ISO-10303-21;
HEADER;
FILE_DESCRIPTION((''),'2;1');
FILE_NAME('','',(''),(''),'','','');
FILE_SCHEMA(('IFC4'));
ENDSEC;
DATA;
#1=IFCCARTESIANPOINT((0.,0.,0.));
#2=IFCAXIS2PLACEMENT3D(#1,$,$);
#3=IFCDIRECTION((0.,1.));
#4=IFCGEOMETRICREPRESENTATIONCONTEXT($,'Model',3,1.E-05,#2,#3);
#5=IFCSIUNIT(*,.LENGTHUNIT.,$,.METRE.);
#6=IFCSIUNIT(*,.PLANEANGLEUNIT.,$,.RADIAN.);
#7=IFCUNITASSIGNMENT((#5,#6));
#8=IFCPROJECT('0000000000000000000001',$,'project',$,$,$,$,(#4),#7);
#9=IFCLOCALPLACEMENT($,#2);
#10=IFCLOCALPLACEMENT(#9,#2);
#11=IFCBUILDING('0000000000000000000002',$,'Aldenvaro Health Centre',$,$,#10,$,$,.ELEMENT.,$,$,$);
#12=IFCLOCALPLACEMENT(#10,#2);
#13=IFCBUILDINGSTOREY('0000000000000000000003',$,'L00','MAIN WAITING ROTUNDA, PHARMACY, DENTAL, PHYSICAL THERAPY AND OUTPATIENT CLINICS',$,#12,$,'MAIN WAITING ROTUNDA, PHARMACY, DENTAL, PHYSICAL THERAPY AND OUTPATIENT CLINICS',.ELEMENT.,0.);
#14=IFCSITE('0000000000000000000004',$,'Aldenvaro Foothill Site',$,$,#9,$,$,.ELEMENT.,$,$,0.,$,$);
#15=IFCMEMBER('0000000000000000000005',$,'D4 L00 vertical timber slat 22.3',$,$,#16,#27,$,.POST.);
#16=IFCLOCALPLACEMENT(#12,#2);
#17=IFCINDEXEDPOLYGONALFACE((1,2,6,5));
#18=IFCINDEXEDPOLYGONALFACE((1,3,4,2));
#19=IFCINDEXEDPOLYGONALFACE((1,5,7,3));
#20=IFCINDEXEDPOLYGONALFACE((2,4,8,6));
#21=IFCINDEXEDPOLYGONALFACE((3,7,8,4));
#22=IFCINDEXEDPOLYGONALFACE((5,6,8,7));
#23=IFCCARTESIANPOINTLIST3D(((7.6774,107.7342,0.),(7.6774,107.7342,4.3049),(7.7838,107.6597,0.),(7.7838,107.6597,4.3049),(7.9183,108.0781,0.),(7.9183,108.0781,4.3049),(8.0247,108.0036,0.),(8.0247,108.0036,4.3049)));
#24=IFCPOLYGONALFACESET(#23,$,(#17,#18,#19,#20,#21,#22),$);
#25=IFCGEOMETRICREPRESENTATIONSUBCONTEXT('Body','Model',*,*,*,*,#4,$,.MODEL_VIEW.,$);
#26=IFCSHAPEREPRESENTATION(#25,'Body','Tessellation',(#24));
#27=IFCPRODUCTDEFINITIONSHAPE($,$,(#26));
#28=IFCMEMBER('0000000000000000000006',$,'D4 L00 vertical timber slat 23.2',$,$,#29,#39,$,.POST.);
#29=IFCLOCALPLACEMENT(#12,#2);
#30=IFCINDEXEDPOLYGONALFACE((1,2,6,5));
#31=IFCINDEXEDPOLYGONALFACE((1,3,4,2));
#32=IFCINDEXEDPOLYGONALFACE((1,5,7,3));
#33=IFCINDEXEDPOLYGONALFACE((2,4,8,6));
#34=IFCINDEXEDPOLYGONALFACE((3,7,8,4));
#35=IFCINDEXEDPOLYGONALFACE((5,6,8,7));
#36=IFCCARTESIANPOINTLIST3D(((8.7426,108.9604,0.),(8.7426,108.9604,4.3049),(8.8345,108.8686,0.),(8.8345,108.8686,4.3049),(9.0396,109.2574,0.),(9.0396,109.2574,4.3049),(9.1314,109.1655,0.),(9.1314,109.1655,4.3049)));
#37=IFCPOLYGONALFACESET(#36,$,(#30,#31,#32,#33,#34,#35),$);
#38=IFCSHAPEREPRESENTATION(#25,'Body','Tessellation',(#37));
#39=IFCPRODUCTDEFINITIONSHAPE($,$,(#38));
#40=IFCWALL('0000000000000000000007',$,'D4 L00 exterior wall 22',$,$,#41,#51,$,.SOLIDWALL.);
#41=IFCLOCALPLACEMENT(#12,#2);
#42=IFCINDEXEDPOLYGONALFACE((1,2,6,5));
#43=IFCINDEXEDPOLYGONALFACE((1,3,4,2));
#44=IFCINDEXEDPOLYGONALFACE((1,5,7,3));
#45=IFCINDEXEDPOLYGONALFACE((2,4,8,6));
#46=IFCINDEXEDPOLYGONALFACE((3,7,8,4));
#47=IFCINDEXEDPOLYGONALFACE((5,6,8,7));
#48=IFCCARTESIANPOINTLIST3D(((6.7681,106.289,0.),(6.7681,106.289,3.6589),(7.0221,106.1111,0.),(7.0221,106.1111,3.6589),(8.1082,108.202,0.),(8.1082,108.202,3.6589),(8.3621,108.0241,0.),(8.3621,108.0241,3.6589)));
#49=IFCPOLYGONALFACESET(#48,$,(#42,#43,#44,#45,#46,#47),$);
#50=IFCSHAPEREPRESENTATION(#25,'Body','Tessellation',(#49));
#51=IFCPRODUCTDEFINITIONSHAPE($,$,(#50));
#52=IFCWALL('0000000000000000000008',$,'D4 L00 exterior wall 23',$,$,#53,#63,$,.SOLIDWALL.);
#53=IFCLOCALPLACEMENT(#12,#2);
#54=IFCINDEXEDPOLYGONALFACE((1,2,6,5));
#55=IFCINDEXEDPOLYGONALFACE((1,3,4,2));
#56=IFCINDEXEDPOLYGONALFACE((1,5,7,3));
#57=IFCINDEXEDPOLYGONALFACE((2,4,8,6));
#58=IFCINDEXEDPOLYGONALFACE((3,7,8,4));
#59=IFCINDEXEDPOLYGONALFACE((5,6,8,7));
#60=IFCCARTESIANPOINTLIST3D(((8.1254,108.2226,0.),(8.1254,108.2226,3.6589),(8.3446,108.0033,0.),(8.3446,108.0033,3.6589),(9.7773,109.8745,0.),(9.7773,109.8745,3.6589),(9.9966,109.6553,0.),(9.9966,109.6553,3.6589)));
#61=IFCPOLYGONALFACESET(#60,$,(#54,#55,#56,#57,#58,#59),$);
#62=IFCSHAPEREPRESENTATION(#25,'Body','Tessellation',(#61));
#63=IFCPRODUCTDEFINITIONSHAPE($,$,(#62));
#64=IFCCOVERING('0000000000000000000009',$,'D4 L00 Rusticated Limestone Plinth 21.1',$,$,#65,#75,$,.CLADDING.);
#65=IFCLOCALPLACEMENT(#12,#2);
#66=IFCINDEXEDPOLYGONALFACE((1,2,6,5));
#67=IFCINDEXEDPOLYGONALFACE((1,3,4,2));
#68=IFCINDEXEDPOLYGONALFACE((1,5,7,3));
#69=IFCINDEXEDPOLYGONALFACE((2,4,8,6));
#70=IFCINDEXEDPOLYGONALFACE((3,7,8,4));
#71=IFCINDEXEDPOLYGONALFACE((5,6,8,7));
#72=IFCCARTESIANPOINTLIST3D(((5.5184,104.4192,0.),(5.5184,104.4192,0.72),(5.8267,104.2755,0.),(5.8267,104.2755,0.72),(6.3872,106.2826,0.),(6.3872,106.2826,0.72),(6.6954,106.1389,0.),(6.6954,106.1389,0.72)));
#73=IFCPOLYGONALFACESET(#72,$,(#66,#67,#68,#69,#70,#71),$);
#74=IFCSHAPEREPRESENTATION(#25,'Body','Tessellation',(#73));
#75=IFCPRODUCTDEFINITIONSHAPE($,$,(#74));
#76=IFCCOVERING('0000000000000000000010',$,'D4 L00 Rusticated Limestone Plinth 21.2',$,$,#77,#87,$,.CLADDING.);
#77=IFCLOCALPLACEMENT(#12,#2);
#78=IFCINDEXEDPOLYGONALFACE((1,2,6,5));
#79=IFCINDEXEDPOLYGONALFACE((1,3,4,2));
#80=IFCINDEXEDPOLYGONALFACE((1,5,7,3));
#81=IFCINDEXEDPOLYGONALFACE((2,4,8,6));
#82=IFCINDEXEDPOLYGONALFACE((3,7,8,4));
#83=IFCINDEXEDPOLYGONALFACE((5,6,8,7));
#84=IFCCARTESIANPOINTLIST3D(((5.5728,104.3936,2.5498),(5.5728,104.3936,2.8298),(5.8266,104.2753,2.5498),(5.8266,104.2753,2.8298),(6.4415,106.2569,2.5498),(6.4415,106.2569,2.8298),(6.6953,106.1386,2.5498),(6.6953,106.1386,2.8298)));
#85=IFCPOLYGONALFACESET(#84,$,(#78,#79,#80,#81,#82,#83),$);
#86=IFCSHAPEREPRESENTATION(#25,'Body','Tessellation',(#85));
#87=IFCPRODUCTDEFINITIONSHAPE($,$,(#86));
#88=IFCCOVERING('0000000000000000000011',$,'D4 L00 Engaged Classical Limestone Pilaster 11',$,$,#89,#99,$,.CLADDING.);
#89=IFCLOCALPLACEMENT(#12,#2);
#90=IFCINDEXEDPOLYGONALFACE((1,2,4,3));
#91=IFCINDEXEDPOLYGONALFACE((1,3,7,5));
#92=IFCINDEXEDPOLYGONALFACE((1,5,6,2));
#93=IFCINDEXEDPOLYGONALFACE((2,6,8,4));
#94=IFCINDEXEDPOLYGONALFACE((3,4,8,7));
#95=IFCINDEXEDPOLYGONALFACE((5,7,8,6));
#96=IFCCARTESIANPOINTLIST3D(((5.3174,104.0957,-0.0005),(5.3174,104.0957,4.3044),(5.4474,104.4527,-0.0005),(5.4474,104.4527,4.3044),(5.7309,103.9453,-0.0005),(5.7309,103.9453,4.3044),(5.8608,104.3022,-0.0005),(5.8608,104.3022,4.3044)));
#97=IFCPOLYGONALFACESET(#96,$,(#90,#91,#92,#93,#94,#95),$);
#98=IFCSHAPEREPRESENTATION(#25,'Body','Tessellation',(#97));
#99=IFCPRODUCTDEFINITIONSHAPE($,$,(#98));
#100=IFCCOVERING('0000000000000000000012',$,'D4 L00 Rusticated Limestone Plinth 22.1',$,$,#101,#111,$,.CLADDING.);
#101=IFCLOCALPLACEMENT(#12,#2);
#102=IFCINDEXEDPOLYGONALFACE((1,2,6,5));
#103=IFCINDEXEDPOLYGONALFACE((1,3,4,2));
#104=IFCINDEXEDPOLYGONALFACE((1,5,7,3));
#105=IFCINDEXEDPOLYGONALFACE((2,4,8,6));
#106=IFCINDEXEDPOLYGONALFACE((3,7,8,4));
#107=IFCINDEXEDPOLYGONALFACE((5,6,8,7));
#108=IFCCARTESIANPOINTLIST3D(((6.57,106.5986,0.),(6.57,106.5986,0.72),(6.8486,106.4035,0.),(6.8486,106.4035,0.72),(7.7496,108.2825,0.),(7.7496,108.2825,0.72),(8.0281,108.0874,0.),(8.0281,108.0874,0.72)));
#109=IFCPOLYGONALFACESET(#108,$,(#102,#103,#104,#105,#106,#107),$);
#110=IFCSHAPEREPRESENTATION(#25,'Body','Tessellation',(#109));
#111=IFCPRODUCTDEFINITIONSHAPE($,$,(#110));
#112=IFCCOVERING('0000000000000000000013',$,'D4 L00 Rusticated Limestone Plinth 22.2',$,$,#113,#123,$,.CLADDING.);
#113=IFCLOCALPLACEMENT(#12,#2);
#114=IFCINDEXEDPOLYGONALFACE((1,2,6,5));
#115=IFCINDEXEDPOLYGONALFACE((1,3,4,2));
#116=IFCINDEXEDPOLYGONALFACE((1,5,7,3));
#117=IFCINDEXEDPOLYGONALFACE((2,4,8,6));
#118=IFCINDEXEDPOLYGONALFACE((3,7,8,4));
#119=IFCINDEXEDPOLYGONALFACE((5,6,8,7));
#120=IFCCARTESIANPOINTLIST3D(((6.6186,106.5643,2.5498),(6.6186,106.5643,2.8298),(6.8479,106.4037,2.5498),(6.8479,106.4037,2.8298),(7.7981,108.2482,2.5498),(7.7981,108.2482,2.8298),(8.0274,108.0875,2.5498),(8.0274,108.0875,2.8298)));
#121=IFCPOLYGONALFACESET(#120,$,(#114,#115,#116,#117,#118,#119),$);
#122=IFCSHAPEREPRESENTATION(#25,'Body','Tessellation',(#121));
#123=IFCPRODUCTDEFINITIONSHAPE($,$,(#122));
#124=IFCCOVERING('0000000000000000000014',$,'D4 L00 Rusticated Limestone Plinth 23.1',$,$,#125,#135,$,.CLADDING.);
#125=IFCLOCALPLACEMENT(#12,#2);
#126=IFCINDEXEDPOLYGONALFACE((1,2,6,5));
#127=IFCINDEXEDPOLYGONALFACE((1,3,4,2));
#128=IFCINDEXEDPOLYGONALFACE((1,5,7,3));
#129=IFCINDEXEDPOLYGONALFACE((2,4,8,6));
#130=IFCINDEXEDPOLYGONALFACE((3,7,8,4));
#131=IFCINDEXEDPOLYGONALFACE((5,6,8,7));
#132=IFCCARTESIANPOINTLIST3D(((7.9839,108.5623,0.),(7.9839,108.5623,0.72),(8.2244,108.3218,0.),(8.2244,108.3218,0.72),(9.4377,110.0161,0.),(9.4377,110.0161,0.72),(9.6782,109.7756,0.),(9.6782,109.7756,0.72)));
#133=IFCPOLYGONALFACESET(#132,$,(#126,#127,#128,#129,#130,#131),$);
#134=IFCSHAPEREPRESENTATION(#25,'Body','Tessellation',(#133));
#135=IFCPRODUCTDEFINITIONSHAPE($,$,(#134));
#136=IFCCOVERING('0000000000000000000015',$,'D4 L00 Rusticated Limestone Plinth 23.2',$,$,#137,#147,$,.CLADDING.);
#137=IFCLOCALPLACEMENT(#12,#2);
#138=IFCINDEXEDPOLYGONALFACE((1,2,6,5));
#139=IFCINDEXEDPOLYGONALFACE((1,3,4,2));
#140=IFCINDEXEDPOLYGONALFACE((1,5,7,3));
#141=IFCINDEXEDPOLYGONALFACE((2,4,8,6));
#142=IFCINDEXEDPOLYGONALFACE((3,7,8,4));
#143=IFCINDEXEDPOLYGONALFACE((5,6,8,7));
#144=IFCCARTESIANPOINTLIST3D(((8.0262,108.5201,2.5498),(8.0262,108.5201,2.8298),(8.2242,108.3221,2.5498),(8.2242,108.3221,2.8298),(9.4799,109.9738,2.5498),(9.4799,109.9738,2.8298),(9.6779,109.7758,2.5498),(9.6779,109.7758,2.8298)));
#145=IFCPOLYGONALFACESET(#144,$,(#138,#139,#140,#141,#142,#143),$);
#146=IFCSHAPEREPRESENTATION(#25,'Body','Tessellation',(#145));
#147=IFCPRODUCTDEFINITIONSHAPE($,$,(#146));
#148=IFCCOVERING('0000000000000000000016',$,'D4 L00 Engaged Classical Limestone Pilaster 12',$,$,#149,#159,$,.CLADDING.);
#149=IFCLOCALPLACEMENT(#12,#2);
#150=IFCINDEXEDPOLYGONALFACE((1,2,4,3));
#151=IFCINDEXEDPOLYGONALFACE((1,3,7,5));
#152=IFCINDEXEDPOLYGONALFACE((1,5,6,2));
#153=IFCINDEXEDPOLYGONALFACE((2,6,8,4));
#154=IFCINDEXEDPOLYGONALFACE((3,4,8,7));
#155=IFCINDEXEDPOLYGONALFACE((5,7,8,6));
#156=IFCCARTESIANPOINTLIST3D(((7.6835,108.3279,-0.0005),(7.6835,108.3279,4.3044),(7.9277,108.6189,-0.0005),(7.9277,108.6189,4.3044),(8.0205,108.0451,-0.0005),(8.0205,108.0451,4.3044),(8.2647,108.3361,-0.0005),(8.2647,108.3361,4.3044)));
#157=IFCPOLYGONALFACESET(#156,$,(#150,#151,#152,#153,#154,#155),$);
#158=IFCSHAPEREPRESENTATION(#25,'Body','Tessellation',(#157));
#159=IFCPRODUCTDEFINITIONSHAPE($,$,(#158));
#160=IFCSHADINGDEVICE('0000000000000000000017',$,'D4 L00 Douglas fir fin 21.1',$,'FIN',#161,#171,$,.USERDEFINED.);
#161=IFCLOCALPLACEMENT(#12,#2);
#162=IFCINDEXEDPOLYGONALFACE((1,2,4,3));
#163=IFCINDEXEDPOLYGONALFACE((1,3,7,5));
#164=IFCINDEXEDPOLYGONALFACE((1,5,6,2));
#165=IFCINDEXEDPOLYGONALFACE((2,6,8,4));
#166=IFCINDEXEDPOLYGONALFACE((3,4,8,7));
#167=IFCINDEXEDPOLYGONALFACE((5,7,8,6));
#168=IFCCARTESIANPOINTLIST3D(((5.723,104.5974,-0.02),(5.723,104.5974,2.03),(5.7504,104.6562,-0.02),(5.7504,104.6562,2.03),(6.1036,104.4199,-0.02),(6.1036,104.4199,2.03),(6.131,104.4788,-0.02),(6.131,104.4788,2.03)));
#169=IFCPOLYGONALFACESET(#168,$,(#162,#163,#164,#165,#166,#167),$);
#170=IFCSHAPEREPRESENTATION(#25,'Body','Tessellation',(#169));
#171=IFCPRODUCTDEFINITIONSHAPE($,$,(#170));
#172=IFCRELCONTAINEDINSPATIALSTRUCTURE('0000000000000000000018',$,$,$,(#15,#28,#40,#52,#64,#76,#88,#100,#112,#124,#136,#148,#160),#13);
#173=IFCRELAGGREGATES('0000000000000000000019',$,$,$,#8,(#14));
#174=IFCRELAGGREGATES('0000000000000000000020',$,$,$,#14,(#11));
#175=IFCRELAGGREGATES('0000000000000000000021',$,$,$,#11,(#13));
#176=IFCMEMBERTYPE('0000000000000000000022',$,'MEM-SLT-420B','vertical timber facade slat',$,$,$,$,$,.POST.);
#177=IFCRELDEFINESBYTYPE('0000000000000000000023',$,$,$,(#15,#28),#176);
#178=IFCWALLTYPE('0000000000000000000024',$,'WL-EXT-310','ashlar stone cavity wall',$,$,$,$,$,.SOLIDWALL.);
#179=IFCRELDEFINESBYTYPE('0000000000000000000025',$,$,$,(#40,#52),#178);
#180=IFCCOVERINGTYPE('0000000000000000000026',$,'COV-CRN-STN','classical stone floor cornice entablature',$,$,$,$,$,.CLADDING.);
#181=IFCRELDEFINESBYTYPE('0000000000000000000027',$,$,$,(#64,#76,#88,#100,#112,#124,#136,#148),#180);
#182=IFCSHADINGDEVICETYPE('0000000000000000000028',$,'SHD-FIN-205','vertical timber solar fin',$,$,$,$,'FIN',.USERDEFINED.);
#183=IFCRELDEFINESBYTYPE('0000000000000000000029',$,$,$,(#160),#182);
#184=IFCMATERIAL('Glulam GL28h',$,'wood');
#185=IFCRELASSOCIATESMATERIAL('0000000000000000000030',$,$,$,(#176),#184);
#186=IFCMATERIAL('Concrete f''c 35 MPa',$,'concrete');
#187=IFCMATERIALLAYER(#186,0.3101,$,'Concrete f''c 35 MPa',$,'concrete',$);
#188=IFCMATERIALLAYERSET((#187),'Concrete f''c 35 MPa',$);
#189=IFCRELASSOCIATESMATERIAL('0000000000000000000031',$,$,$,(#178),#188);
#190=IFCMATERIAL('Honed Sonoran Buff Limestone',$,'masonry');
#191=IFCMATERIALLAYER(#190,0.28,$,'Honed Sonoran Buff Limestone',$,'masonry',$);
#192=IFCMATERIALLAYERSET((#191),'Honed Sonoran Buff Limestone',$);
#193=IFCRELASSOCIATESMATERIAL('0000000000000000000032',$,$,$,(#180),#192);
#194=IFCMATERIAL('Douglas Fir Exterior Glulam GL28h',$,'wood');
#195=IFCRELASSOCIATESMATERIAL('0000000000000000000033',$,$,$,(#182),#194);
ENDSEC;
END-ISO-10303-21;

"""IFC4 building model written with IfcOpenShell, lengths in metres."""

from ifc_helpers import new_model, si_unit, direction, frame, frame_2d, origin, origin_2d, place, context, subcontext, project, spatial, rectangle, extrude, material, layer, layer_set, material_profile, profile_set, type_object, element, save


model = new_model("IFC4")

# Units and contexts
model_context = context("Model", 3, precision=1e-05, world=origin(), true_north=direction((0.0, 1.0)))
body_context = subcontext(model_context, "Body", "Model", "MODEL_VIEW")
ifc_project = project(units=[si_unit("LENGTHUNIT", "METRE"), si_unit("PLANEANGLEUNIT", "RADIAN")], contexts=[model_context])

# Site, building, storey
site_placement = place(None, origin())
site = spatial("IfcSite", under=ifc_project, at=site_placement, Name="Aldenvaro Foothill Site", CompositionType="ELEMENT", RefElevation=0.0)
building_placement = place(site_placement, origin())
building = spatial("IfcBuilding", under=site, at=building_placement, Name="Aldenvaro Health Centre", CompositionType="ELEMENT")
storey_placement = place(building_placement, origin())
storey = spatial("IfcBuildingStorey", under=building, at=storey_placement, Name="L00", Description="MAIN WAITING ROTUNDA, PHARMACY, DENTAL, PHYSICAL THERAPY AND OUTPATIENT CLINICS", LongName="MAIN WAITING ROTUNDA, PHARMACY, DENTAL, PHYSICAL THERAPY AND OUTPATIENT CLINICS", CompositionType="ELEMENT", Elevation=0.0)

# Shared definitions
ifc_material_1 = material(Name="Glulam GL28h", Category="wood")

# Members
ifc_material_profile_1 = material_profile(ifc_material_1, rectangle(XDim=0.1299, YDim=0.4199, at=origin_2d()), Name="GL 130x420", Category="wood")
ifc_profile_set_1 = profile_set([ifc_material_profile_1], Name="Glulam GL28h")
member_type_1 = type_object("IfcMemberType", Name="MEM-SLT-420B", Description="vertical timber facade slat", PredefinedType="POST", material=ifc_profile_set_1)
for number, where, z_axis, x_axis, name in (
    (1, (7.8511, 107.8689, 0.0), (0.0, 0.0, 1.0), (-0.819051, 0.573721, 0.0), "D4 L00 vertical timber slat 22.3"),
    (2, (8.937, 109.063, 0.0), (0.0, 0.0, 1.0), (-0.707107, 0.707107, 0.0), "D4 L00 vertical timber slat 23.2"),
):
    element("IfcMember", number, at=place(storey_placement, frame(where, z_axis=z_axis, x_axis=x_axis)), inside=storey, type_object=member_type_1, Name=name, PredefinedType="POST", context=body_context, shape_type="SweptSolid", body=[
        extrude(rectangle(XDim=0.1299, YDim=0.4199, at=origin_2d()), origin(), (0.0, 0.0, 1.0), 4.3049),
    ])

# Walls
ifc_material_2 = material(Name="Concrete f'c 35 MPa", Category="concrete")
ifc_layer_1 = layer(ifc_material_2, 0.3101, Name="Concrete f'c 35 MPa", Category="concrete")
ifc_layer_set_1 = layer_set([ifc_layer_1], Name="Concrete f'c 35 MPa")
wall_type = type_object("IfcWallType", Name="WL-EXT-310", Description="ashlar stone cavity wall", PredefinedType="SOLIDWALL", material=ifc_layer_set_1)
wall_1_placement = place(storey_placement, frame((6.895, 106.2, 0.0), z_axis=(0.0, 0.0, 1.0), x_axis=(0.573729, 0.819045, 0.0)))
element("IfcWall", 3, at=wall_1_placement, inside=storey, type_object=wall_type, Name="D4 L00 exterior wall 22", PredefinedType="SOLIDWALL", context=body_context, shape_type="SweptSolid", body=[
    extrude(rectangle(XDim=2.3357, YDim=0.3101, at=frame_2d((1.168, 0.0))), origin(), (0.0, 0.0, 1.0), 3.6589),
])
wall_2_placement = place(storey_placement, frame((8.2351, 108.113, 0.0), z_axis=(0.0, 0.0, 1.0), x_axis=(0.707107, 0.707107, 0.0)))
element("IfcWall", 4, at=wall_2_placement, inside=storey, type_object=wall_type, Name="D4 L00 exterior wall 23", PredefinedType="SOLIDWALL", context=body_context, shape_type="SweptSolid", body=[
    extrude(rectangle(XDim=2.3362, YDim=0.3101, at=frame_2d((1.168, 0.0))), origin(), (0.0, 0.0, 1.0), 3.6589),
])

# Coverings
ifc_material_3 = material(Name="Honed Sonoran Buff Limestone", Category="masonry")
ifc_layer_2 = layer(ifc_material_3, 0.28, Name="Honed Sonoran Buff Limestone", Category="masonry")
ifc_layer_set_2 = layer_set([ifc_layer_2], Name="Honed Sonoran Buff Limestone")
covering_type = type_object("IfcCoveringType", Name="COV-CRN-STN", Description="classical stone floor cornice entablature", PredefinedType="CLADDING", material=ifc_layer_set_2)
covering_1_placement = place(storey_placement, frame((6.1069, 105.2791, 0.0), z_axis=(0.0, 0.0, 1.0), x_axis=(0.422557, 0.906336, 0.0)))
element("IfcCovering", 5, at=covering_1_placement, inside=storey, type_object=covering_type, Name="D4 L00 Rusticated Limestone Plinth 21.1", PredefinedType="CLADDING", context=body_context, shape_type="SweptSolid", body=[
    extrude(rectangle(XDim=2.0559, YDim=0.3401, at=origin_2d()), origin(), (0.0, 0.0, 1.0), 0.72),
])
covering_2_placement = place(storey_placement, frame((6.134, 105.2661, 2.5498), z_axis=(0.0, 0.0, 1.0), x_axis=(0.422557, 0.906336, 0.0)))
element("IfcCovering", 6, at=covering_2_placement, inside=storey, type_object=covering_type, Name="D4 L00 Rusticated Limestone Plinth 21.2", PredefinedType="CLADDING", context=body_context, shape_type="SweptSolid", body=[
    extrude(rectangle(XDim=2.0559, YDim=0.28, at=origin_2d()), origin(), (0.0, 0.0, 1.0), 0.28),
])
covering_3_placement = place(storey_placement, frame((5.5891, 104.199, -0.0005), z_axis=(0.0, 0.0, 1.0), x_axis=(-0.939695, 0.342013, 0.0)))
element("IfcCovering", 7, at=covering_3_placement, inside=storey, type_object=covering_type, Name="D4 L00 Engaged Classical Limestone Pilaster 11", PredefinedType="CLADDING", context=body_context, shape_type="SweptSolid", body=[
    extrude(rectangle(XDim=0.4399, YDim=0.3799, at=origin_2d()), origin(), (0.0, 0.0, 1.0), 4.3049),
])
covering_4_placement = place(storey_placement, frame((7.2991, 107.343, 0.0), z_axis=(0.0, 0.0, 1.0), x_axis=(0.573721, 0.819051, 0.0)))
element("IfcCovering", 8, at=covering_4_placement, inside=storey, type_object=covering_type, Name="D4 L00 Rusticated Limestone Plinth 22.1", PredefinedType="CLADDING", context=body_context, shape_type="SweptSolid", body=[
    extrude(rectangle(XDim=2.0559, YDim=0.3401, at=origin_2d()), origin(), (0.0, 0.0, 1.0), 0.72),
])
covering_5_placement = place(storey_placement, frame((7.323, 107.3259, 2.5498), z_axis=(0.0, 0.0, 1.0), x_axis=(0.573721, 0.819051, 0.0)))
element("IfcCovering", 9, at=covering_5_placement, inside=storey, type_object=covering_type, Name="D4 L00 Rusticated Limestone Plinth 22.2", PredefinedType="CLADDING", context=body_context, shape_type="SweptSolid", body=[
    extrude(rectangle(XDim=2.0559, YDim=0.28, at=origin_2d()), origin(), (0.0, 0.0, 1.0), 0.28),
])
covering_6_placement = place(storey_placement, frame((8.8311, 109.1689, 0.0), z_axis=(0.0, 0.0, 1.0), x_axis=(0.707107, 0.707107, 0.0)))
element("IfcCovering", 10, at=covering_6_placement, inside=storey, type_object=covering_type, Name="D4 L00 Rusticated Limestone Plinth 23.1", PredefinedType="CLADDING", context=body_context, shape_type="SweptSolid", body=[
    extrude(rectangle(XDim=2.0559, YDim=0.3401, at=origin_2d()), origin(), (0.0, 0.0, 1.0), 0.72),
])
covering_7_placement = place(storey_placement, frame((8.8521, 109.1479, 2.5498), z_axis=(0.0, 0.0, 1.0), x_axis=(0.707107, 0.707107, 0.0)))
element("IfcCovering", 11, at=covering_7_placement, inside=storey, type_object=covering_type, Name="D4 L00 Rusticated Limestone Plinth 23.2", PredefinedType="CLADDING", context=body_context, shape_type="SweptSolid", body=[
    extrude(rectangle(XDim=2.0559, YDim=0.28, at=origin_2d()), origin(), (0.0, 0.0, 1.0), 0.28),
])
covering_8_placement = place(storey_placement, frame((7.9741, 108.332, -0.0005), z_axis=(0.0, 0.0, 1.0), x_axis=(-0.766058, 0.642772, 0.0)))
element("IfcCovering", 12, at=covering_8_placement, inside=storey, type_object=covering_type, Name="D4 L00 Engaged Classical Limestone Pilaster 12", PredefinedType="CLADDING", context=body_context, shape_type="SweptSolid", body=[
    extrude(rectangle(XDim=0.4399, YDim=0.3799, at=origin_2d()), origin(), (0.0, 0.0, 1.0), 4.3049),
])

# Shading device
ifc_material_4 = material(Name="Douglas Fir Exterior Glulam GL28h", Category="wood")
shading_device_type = type_object("IfcShadingDeviceType", Name="SHD-FIN-205", Description="vertical timber solar fin", ElementType="FIN", PredefinedType="USERDEFINED", material=ifc_material_4)
shading_device_placement = place(storey_placement, frame((5.927, 104.5381, -0.02), z_axis=(0.0, 0.0, 1.0), x_axis=(0.422557, 0.906336, 0.0)))
element("IfcShadingDevice", 13, at=shading_device_placement, inside=storey, type_object=shading_device_type, Name="D4 L00 Douglas fir fin 21.1", ObjectType="FIN", PredefinedType="USERDEFINED", context=body_context, shape_type="SweptSolid", body=[
    extrude(rectangle(XDim=0.0649, YDim=0.4199, at=origin_2d()), origin(), (0.0, 0.0, 1.0), 2.05),
])

save(model, "model.ifc")
